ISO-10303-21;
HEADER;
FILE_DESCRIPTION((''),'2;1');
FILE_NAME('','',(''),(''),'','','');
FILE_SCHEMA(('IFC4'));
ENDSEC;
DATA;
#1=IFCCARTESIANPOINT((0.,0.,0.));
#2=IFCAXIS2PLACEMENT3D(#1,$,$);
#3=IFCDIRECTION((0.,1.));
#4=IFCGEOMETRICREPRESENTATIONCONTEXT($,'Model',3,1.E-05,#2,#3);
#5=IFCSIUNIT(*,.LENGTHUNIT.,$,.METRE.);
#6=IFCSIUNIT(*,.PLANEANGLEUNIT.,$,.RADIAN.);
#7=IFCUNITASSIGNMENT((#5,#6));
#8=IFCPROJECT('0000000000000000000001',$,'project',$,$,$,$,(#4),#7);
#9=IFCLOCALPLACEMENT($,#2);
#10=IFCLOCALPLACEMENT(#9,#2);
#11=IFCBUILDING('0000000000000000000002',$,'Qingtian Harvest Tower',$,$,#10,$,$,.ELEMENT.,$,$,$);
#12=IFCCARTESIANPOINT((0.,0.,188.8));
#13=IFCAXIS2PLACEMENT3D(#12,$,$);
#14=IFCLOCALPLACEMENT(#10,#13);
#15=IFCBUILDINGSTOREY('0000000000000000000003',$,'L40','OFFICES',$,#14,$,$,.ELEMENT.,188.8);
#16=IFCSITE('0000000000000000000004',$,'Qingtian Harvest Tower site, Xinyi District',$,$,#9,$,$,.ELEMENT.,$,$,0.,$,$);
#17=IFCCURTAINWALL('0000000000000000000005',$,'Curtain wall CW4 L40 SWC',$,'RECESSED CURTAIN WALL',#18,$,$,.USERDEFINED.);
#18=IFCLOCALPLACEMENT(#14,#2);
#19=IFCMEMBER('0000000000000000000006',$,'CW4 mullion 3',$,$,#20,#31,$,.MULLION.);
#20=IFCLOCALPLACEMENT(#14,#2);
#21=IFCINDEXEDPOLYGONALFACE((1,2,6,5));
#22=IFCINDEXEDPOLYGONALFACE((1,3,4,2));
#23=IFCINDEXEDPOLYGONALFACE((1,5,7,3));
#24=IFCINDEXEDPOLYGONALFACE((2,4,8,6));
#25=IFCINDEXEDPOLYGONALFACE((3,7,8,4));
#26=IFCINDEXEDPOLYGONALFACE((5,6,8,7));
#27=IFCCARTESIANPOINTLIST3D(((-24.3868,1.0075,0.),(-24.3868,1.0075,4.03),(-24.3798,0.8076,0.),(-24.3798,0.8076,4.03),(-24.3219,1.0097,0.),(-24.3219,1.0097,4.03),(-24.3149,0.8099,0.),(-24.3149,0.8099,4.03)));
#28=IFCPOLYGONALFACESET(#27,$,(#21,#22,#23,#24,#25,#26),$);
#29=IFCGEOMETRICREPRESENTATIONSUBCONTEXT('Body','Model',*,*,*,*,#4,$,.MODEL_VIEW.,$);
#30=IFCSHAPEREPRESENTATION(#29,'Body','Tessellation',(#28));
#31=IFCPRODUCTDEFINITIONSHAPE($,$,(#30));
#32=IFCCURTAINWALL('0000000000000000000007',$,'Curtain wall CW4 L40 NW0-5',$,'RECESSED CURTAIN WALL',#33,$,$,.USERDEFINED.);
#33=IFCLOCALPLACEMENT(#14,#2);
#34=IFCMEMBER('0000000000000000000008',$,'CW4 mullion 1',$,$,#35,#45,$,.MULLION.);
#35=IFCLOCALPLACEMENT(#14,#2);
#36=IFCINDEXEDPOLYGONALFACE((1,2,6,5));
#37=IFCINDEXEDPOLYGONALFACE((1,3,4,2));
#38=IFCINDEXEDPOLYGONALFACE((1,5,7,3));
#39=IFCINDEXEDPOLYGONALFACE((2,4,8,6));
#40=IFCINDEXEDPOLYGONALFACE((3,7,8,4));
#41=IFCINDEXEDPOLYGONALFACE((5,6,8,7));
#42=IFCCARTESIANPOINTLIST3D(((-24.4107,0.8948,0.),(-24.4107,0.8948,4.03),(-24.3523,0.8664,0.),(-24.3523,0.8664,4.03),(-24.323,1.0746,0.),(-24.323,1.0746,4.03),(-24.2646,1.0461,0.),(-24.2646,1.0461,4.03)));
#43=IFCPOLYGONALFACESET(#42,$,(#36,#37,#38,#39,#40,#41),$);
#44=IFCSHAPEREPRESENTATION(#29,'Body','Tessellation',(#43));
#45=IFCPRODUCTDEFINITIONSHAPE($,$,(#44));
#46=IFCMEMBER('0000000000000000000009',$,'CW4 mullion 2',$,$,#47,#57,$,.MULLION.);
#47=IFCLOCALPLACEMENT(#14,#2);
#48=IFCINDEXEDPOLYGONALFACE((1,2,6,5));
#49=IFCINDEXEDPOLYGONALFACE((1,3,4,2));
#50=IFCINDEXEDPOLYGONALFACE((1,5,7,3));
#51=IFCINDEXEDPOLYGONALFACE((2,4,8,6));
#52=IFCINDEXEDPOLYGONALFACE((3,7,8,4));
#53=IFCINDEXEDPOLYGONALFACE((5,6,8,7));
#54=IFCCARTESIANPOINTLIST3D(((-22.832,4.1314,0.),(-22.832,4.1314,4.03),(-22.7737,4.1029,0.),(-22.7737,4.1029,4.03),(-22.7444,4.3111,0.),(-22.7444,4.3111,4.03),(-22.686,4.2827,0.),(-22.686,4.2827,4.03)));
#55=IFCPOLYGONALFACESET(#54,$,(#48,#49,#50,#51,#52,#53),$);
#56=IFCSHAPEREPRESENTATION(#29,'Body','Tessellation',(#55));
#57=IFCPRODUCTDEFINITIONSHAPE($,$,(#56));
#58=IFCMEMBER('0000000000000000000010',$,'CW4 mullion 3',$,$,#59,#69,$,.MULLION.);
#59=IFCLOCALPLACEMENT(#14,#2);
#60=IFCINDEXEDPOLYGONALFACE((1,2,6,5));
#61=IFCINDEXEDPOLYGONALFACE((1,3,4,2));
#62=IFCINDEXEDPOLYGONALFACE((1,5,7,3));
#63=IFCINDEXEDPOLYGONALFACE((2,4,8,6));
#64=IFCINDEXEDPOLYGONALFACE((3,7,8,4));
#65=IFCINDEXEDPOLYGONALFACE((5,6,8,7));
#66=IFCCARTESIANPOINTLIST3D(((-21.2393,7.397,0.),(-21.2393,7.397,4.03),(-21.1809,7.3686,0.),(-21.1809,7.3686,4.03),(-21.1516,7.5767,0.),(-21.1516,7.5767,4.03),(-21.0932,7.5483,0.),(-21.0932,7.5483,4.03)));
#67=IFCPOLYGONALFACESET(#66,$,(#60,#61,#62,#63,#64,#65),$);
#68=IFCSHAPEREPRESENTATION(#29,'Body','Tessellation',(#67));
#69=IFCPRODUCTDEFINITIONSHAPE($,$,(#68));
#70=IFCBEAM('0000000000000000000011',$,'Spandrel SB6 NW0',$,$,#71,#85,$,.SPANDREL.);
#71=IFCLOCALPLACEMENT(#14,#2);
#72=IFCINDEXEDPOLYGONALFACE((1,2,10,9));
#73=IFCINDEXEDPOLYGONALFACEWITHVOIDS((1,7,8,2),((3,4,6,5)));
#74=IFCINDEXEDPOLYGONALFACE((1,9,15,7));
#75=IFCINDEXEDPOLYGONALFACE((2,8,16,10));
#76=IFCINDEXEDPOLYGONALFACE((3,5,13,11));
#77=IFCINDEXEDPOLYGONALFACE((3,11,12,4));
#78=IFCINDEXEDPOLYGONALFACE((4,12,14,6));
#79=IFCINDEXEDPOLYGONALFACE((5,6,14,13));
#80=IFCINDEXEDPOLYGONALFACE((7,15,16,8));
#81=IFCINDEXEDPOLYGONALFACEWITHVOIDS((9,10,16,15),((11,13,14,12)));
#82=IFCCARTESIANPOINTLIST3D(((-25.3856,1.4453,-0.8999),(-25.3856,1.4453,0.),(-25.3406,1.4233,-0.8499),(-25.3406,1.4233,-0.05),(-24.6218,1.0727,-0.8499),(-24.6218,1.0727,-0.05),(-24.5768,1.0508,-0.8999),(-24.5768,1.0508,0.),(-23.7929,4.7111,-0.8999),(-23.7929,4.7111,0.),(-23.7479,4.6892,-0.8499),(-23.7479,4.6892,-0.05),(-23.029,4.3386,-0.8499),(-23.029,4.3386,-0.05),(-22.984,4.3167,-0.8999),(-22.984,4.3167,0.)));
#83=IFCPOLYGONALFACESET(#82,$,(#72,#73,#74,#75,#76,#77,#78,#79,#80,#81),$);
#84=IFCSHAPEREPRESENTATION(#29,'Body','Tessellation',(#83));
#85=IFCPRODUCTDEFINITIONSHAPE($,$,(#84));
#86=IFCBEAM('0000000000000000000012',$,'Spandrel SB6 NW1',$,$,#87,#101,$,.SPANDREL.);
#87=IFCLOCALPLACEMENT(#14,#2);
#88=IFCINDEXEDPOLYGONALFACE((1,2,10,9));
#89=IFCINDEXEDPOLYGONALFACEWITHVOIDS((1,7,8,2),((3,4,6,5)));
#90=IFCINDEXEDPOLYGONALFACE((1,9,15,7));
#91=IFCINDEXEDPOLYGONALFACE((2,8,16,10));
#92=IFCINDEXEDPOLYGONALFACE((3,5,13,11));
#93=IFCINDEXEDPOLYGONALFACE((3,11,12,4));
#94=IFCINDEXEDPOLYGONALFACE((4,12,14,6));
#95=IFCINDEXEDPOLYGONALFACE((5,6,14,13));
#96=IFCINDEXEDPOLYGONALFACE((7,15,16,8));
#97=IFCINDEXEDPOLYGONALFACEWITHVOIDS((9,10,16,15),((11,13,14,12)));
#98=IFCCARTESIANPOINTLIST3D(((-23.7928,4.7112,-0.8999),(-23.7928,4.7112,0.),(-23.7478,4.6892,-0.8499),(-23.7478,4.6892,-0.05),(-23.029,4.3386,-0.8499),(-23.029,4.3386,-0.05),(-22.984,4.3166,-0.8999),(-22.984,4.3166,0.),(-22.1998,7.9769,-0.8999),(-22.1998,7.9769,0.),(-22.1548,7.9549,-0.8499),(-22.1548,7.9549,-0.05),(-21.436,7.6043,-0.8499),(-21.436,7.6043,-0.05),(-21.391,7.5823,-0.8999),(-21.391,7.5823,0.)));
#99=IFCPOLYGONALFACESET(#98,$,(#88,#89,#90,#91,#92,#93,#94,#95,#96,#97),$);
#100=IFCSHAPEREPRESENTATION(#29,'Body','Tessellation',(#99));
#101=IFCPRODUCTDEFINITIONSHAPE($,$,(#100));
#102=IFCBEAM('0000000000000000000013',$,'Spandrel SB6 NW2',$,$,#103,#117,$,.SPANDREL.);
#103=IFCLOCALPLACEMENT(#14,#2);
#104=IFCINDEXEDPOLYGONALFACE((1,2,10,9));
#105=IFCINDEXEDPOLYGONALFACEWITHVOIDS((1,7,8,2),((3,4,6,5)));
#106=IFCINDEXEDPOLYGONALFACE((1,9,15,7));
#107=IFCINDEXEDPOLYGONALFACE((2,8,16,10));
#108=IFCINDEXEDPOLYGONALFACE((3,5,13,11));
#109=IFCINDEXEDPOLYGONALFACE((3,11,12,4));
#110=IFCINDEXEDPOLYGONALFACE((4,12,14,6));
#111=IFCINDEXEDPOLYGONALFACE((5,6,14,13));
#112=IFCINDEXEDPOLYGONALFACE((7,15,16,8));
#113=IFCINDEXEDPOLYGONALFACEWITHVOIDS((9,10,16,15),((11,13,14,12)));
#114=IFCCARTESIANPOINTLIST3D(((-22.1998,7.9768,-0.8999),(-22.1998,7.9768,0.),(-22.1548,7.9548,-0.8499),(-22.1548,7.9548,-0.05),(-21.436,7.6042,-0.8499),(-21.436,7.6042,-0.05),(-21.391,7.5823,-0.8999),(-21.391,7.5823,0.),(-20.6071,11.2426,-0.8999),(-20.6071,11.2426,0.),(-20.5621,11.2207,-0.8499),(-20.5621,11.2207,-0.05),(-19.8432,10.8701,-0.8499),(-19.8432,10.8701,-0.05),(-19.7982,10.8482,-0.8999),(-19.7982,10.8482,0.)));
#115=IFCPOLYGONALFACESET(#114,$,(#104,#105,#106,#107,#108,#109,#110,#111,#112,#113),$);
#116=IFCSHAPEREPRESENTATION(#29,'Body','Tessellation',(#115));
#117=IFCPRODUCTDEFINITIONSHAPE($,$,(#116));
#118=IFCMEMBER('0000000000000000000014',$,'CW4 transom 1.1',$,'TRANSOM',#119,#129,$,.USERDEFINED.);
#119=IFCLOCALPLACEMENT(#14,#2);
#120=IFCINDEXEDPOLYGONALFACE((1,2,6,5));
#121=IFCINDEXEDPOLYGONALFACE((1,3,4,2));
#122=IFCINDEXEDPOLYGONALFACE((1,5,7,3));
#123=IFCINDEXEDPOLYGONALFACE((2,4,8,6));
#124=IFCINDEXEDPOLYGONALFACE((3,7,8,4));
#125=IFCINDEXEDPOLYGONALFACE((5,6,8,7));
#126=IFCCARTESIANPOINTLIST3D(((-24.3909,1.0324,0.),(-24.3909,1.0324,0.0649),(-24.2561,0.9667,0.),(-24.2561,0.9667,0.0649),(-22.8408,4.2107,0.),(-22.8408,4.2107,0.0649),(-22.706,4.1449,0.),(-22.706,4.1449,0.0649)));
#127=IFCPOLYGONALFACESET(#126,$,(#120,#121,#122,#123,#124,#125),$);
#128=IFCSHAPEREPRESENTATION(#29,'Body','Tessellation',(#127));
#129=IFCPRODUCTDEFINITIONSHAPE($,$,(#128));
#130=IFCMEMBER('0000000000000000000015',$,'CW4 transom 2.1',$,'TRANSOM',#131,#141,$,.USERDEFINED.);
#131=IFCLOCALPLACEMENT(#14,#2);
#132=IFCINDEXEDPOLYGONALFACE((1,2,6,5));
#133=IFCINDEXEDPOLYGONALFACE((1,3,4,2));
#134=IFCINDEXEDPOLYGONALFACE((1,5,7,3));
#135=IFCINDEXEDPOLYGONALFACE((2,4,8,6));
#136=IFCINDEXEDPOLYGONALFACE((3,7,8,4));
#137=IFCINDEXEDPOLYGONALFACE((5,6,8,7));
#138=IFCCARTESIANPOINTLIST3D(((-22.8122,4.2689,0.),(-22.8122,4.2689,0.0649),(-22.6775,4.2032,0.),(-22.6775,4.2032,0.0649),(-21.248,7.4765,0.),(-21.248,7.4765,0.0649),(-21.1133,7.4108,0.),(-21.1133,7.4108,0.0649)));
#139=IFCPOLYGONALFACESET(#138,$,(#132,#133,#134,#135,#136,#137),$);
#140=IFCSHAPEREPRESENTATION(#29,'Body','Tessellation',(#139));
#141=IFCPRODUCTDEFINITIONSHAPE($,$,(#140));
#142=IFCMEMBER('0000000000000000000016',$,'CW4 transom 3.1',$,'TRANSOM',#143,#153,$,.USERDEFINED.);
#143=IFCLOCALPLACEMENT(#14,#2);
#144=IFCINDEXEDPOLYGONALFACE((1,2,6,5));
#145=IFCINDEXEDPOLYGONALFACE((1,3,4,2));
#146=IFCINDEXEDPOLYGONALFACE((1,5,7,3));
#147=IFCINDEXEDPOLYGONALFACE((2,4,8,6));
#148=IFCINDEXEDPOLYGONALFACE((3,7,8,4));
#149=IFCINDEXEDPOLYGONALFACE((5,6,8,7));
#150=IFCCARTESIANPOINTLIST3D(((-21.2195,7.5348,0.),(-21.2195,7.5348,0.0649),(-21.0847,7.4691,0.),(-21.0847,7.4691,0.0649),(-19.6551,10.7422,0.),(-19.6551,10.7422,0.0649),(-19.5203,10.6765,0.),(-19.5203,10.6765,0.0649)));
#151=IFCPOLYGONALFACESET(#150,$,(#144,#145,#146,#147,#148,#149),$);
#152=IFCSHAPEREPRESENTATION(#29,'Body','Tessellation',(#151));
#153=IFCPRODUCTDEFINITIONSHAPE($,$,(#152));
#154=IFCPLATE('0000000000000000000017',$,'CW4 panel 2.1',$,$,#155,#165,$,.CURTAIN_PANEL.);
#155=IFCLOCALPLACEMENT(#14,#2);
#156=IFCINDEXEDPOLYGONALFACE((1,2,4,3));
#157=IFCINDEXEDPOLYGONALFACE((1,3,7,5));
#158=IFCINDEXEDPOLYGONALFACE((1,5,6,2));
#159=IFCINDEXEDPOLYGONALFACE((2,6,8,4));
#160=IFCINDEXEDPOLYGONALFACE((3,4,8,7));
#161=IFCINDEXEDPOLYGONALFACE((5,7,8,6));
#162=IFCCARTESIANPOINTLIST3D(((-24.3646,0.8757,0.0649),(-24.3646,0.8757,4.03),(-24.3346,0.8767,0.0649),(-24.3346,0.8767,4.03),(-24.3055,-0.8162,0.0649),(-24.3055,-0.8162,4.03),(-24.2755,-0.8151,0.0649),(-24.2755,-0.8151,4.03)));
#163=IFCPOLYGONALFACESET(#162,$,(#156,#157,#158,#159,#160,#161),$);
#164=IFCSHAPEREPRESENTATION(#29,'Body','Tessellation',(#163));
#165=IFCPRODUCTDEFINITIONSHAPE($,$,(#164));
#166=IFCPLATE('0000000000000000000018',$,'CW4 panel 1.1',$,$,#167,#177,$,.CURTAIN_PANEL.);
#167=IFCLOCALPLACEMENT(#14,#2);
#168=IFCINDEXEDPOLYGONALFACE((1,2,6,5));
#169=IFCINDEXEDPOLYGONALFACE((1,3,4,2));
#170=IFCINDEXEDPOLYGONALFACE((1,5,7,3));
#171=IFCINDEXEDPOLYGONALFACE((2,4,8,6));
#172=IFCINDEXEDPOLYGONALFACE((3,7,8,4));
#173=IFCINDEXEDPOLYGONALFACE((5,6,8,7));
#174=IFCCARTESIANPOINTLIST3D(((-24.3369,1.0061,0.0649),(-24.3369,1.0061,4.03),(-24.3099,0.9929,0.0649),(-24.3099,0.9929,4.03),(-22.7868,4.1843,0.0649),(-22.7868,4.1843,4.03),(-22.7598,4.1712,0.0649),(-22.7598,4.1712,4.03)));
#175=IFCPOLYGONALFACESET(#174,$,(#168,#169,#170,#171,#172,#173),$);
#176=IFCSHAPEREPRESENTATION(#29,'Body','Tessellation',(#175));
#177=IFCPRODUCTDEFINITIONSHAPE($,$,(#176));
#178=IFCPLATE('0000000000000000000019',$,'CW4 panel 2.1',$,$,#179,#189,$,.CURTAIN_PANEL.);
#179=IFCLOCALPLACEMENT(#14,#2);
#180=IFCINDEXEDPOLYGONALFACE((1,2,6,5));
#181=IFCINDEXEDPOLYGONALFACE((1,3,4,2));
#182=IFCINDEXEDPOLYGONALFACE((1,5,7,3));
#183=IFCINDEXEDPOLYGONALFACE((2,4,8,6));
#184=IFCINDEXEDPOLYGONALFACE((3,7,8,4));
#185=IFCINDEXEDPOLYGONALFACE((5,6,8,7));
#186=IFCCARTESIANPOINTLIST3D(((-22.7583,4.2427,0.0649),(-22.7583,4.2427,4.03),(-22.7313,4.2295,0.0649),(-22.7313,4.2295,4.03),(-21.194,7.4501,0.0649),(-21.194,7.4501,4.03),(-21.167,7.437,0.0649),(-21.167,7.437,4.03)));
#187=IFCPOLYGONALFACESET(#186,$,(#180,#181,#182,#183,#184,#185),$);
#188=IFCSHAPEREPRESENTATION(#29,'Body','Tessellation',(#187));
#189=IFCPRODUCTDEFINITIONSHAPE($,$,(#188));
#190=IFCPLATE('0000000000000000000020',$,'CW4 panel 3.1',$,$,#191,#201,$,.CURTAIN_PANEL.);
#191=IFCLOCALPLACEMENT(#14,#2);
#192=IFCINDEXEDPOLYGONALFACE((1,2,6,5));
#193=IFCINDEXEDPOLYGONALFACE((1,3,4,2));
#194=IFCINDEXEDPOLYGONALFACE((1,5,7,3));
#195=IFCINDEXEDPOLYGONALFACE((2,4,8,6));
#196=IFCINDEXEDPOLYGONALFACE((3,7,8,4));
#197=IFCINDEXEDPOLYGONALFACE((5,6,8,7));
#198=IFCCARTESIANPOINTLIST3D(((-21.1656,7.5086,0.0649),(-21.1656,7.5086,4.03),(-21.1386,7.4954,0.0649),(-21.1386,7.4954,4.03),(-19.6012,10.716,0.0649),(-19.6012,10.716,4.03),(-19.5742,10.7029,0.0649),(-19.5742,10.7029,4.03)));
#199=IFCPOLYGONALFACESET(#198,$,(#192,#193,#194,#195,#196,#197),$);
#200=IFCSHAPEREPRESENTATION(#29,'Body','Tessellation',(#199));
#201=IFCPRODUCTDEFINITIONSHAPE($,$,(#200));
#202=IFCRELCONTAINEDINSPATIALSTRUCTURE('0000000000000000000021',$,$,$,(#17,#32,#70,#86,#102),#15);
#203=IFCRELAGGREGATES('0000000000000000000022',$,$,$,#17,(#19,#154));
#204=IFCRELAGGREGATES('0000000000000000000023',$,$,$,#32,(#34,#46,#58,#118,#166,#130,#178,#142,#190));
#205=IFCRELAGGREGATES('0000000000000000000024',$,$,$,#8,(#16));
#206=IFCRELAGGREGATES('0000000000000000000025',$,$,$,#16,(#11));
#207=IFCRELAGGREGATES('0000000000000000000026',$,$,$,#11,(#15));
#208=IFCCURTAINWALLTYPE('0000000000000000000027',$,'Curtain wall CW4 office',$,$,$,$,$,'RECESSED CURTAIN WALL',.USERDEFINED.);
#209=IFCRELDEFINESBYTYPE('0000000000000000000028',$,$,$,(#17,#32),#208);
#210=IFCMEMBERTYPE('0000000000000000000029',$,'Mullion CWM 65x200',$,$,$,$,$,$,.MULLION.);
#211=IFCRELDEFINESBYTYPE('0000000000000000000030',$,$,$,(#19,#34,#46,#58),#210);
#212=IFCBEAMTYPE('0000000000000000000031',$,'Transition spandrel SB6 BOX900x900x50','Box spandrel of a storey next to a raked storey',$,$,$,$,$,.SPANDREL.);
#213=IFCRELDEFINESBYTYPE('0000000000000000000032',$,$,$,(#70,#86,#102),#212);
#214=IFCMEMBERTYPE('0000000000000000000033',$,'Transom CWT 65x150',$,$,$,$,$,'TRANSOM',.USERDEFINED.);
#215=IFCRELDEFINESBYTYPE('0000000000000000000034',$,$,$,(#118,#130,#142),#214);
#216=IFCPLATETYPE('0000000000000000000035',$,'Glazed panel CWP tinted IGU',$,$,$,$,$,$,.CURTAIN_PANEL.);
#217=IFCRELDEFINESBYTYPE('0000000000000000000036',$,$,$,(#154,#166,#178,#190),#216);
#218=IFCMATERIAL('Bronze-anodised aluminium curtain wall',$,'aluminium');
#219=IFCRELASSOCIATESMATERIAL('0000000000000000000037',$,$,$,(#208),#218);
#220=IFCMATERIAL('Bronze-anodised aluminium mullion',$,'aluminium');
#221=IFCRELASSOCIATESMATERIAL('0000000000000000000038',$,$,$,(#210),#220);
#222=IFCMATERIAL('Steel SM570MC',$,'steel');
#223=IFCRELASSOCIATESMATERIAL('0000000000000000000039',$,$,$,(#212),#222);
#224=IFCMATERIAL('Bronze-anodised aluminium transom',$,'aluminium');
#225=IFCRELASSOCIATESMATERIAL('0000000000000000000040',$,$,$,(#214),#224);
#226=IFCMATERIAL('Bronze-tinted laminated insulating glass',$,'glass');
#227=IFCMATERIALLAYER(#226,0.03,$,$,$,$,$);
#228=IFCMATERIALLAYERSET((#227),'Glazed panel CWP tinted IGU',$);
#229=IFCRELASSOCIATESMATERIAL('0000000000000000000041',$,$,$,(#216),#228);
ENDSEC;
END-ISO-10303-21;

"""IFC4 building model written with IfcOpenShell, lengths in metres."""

from ifc_helpers import new_model, si_unit, direction, frame, origin, origin_2d, place, context, subcontext, project, spatial, rectangle, hollow_rectangle, extrude, material, layer, layer_set, material_profile, profile_set, type_object, element, aggregate, save


model = new_model("IFC4")

# Units and contexts
model_context = context("Model", 3, precision=1e-05, world=origin(), true_north=direction((0.0, 1.0)))
body_context = subcontext(model_context, "Body", "Model", "MODEL_VIEW")
ifc_project = project(units=[si_unit("LENGTHUNIT", "METRE"), si_unit("PLANEANGLEUNIT", "RADIAN")], contexts=[model_context])

# Site, building, storey
site_placement = place(None, origin())
site = spatial("IfcSite", under=ifc_project, at=site_placement, Name="Qingtian Harvest Tower site, Xinyi District", CompositionType="ELEMENT", RefElevation=0.0)
building_placement = place(site_placement, origin())
building = spatial("IfcBuilding", under=site, at=building_placement, Name="Qingtian Harvest Tower", CompositionType="ELEMENT")
storey_placement = place(building_placement, frame((0.0, 0.0, 188.8)))
storey = spatial("IfcBuildingStorey", under=building, at=storey_placement, Name="L40", Description="OFFICES", CompositionType="ELEMENT", Elevation=188.8)

# Curtain wall, member
ifc_material_1 = material(Name="Bronze-anodised aluminium curtain wall", Category="aluminium")
curtain_wall_type = type_object("IfcCurtainWallType", Name="Curtain wall CW4 office", ElementType="RECESSED CURTAIN WALL", PredefinedType="USERDEFINED", material=ifc_material_1)
curtain_wall_1_placement = place(storey_placement, origin())
curtain_wall_1 = element("IfcCurtainWall", 1, at=curtain_wall_1_placement, inside=storey, type_object=curtain_wall_type, Name="Curtain wall CW4 L40 SWC", ObjectType="RECESSED CURTAIN WALL", PredefinedType="USERDEFINED")
ifc_material_2 = material(Name="Bronze-anodised aluminium mullion", Category="aluminium")
ifc_material_profile_1 = material_profile(ifc_material_2, rectangle(XDim=0.0649, YDim=0.2, at=origin_2d()), Name="AL 65x200")
ifc_profile_set_1 = profile_set([ifc_material_profile_1], Name="Bronze-anodised aluminium mullion")
member_type_1 = type_object("IfcMemberType", Name="Mullion CWM 65x200", PredefinedType="MULLION", material=ifc_profile_set_1)
member_1_placement = place(storey_placement, frame((-24.3508, 0.9087, 0.0), z_axis=(0.0, 0.0, 1.0), x_axis=(-0.999391, -0.034899, 0.0)))
member_1 = element("IfcMember", 2, at=member_1_placement, type_object=member_type_1, Name="CW4 mullion 3", PredefinedType="MULLION", context=body_context, shape_type="SweptSolid", body=[
    extrude(rectangle(XDim=0.0649, YDim=0.2, at=origin_2d()), origin(), (0.0, 0.0, 1.0), 4.03),
])

# Curtain wall, members
curtain_wall_2_placement = place(storey_placement, origin())
curtain_wall_2 = element("IfcCurtainWall", 3, at=curtain_wall_2_placement, inside=storey, type_object=curtain_wall_type, Name="Curtain wall CW4 L40 NW0-5", ObjectType="RECESSED CURTAIN WALL", PredefinedType="USERDEFINED")
member_2_placement = place(storey_placement, frame((-24.3376, 0.9705, 0.0), z_axis=(0.0, 0.0, 1.0), x_axis=(-0.898794, 0.438371, 0.0)))
member_2 = element("IfcMember", 4, at=member_2_placement, type_object=member_type_1, Name="CW4 mullion 1", PredefinedType="MULLION", context=body_context, shape_type="SweptSolid", body=[
    extrude(rectangle(XDim=0.0649, YDim=0.2, at=origin_2d()), origin(), (0.0, 0.0, 1.0), 4.03),
])
member_3_placement = place(storey_placement, frame((-22.759, 4.207, 0.0), z_axis=(0.0, 0.0, 1.0), x_axis=(-0.898794, 0.438371, 0.0)))
member_3 = element("IfcMember", 5, at=member_3_placement, type_object=member_type_1, Name="CW4 mullion 2", PredefinedType="MULLION", context=body_context, shape_type="SweptSolid", body=[
    extrude(rectangle(XDim=0.0649, YDim=0.2, at=origin_2d()), origin(), (0.0, 0.0, 1.0), 4.03),
])
member_4_placement = place(storey_placement, frame((-21.1663, 7.4727, 0.0), z_axis=(0.0, 0.0, 1.0), x_axis=(-0.898794, 0.438371, 0.0)))
member_4 = element("IfcMember", 6, at=member_4_placement, type_object=member_type_1, Name="CW4 mullion 3", PredefinedType="MULLION", context=body_context, shape_type="SweptSolid", body=[
    extrude(rectangle(XDim=0.0649, YDim=0.2, at=origin_2d()), origin(), (0.0, 0.0, 1.0), 4.03),
])

# Beams
ifc_material_3 = material(Name="Steel SM570MC", Category="steel")
ifc_material_profile_2 = material_profile(ifc_material_3, hollow_rectangle(XDim=0.8999, YDim=0.8999, WallThickness=0.05, at=origin_2d()), Name="BOX900x900x50")
ifc_profile_set_2 = profile_set([ifc_material_profile_2], Name="Steel SM570MC")
beam_type_1 = type_object("IfcBeamType", Name="Transition spandrel SB6 BOX900x900x50", Description="Box spandrel of a storey next to a raked storey", PredefinedType="SPANDREL", material=ifc_profile_set_2)
for number, where, z_axis, x_axis, name in (
    (7, (-24.9812, 1.248, -0.45), (0.438349, 0.898805, 0.0), (-0.898805, 0.438349, 0.0), "Spandrel SB6 NW0"),
    (8, (-23.3884, 4.5139, -0.45), (0.43843, 0.898765, 0.0), (-0.898765, 0.43843, 0.0), "Spandrel SB6 NW1"),
    (9, (-21.7954, 7.7795, -0.45), (0.438349, 0.898805, 0.0), (-0.898805, 0.438349, 0.0), "Spandrel SB6 NW2"),
):
    element("IfcBeam", number, at=place(storey_placement, frame(where, z_axis=z_axis, x_axis=x_axis)), inside=storey, type_object=beam_type_1, Name=name, PredefinedType="SPANDREL", context=body_context, shape_type="SweptSolid", body=[
        extrude(hollow_rectangle(XDim=0.8999, YDim=0.8999, WallThickness=0.05, at=origin_2d()), origin(), (0.0, 0.0, 1.0), 3.6335),
    ])

# Members
ifc_material_4 = material(Name="Bronze-anodised aluminium transom", Category="aluminium")
ifc_material_profile_3 = material_profile(ifc_material_4, rectangle(XDim=0.1499, YDim=0.0649, at=origin_2d()), Name="AL 65x150")
ifc_profile_set_3 = profile_set([ifc_material_profile_3], Name="Bronze-anodised aluminium transom")
member_type_2 = type_object("IfcMemberType", Name="Transom CWT 65x150", ElementType="TRANSOM", PredefinedType="USERDEFINED", material=ifc_profile_set_3)
member_5_placement = place(storey_placement, frame((-24.3235, 0.9995, 0.0325), z_axis=(0.438354, 0.898802, 0.0), x_axis=(-0.898802, 0.438354, 0.0)))
member_5 = element("IfcMember", 10, at=member_5_placement, type_object=member_type_2, Name="CW4 transom 1.1", ObjectType="TRANSOM", PredefinedType="USERDEFINED", context=body_context, shape_type="SweptSolid", body=[
    extrude(rectangle(XDim=0.1499, YDim=0.0649, at=origin_2d()), origin(), (0.0, 0.0, 1.0), 3.5361),
])
member_6_placement = place(storey_placement, frame((-22.7449, 4.2361, 0.0325), z_axis=(0.438325, 0.898816, 0.0), x_axis=(-0.898816, 0.438325, 0.0)))
member_6 = element("IfcMember", 11, at=member_6_placement, type_object=member_type_2, Name="CW4 transom 2.1", ObjectType="TRANSOM", PredefinedType="USERDEFINED", context=body_context, shape_type="SweptSolid", body=[
    extrude(rectangle(XDim=0.1499, YDim=0.0649, at=origin_2d()), origin(), (0.0, 0.0, 1.0), 3.5686),
])
member_7_placement = place(storey_placement, frame((-21.1521, 7.502, 0.0325), z_axis=(0.438381, 0.898789, 0.0), x_axis=(-0.898789, 0.438381, 0.0)))
member_7 = element("IfcMember", 12, at=member_7_placement, type_object=member_type_2, Name="CW4 transom 3.1", ObjectType="TRANSOM", PredefinedType="USERDEFINED", context=body_context, shape_type="SweptSolid", body=[
    extrude(rectangle(XDim=0.1499, YDim=0.0649, at=origin_2d()), origin(), (0.0, 0.0, 1.0), 3.5686),
])

# Plates
ifc_material_5 = material(Name="Bronze-tinted laminated insulating glass", Category="glass")
ifc_layer_1 = layer(ifc_material_5, 0.03)
ifc_layer_set_1 = layer_set([ifc_layer_1], Name="Glazed panel CWP tinted IGU")
plate_type = type_object("IfcPlateType", Name="Glazed panel CWP tinted IGU", PredefinedType="CURTAIN_PANEL", material=ifc_layer_set_1)
plate_1_placement = place(storey_placement, frame((-24.3201, 0.0303, 0.0649), z_axis=(0.0, 0.0, 1.0), x_axis=(-0.034899, 0.999391, 0.0)))
plate_1 = element("IfcPlate", 13, at=plate_1_placement, type_object=plate_type, Name="CW4 panel 2.1", PredefinedType="CURTAIN_PANEL", context=body_context, shape_type="SweptSolid", body=[
    extrude(rectangle(XDim=1.6929, YDim=0.03, at=origin_2d()), origin(), (0.0, 0.0, 1.0), 3.9651),
])
aggregate(curtain_wall_1, [member_1, plate_1])
plate_2_placement = place(storey_placement, frame((-23.5483, 2.5886, 0.0649), z_axis=(0.0, 0.0, 1.0), x_axis=(0.438371, 0.898794, 0.0)))
plate_2 = element("IfcPlate", 14, at=plate_2_placement, type_object=plate_type, Name="CW4 panel 1.1", PredefinedType="CURTAIN_PANEL", context=body_context, shape_type="SweptSolid", body=[
    extrude(rectangle(XDim=3.5361, YDim=0.03, at=origin_2d()), origin(), (0.0, 0.0, 1.0), 3.9651),
])
plate_3_placement = place(storey_placement, frame((-21.9626, 5.8398, 0.0649), z_axis=(0.0, 0.0, 1.0), x_axis=(0.438371, 0.898794, 0.0)))
plate_3 = element("IfcPlate", 15, at=plate_3_placement, type_object=plate_type, Name="CW4 panel 2.1", PredefinedType="CURTAIN_PANEL", context=body_context, shape_type="SweptSolid", body=[
    extrude(rectangle(XDim=3.5686, YDim=0.03, at=origin_2d()), origin(), (0.0, 0.0, 1.0), 3.9651),
])
plate_4_placement = place(storey_placement, frame((-20.3699, 9.1057, 0.0649), z_axis=(0.0, 0.0, 1.0), x_axis=(0.438371, 0.898794, 0.0)))
plate_4 = element("IfcPlate", 16, at=plate_4_placement, type_object=plate_type, Name="CW4 panel 3.1", PredefinedType="CURTAIN_PANEL", context=body_context, shape_type="SweptSolid", body=[
    extrude(rectangle(XDim=3.5686, YDim=0.03, at=origin_2d()), origin(), (0.0, 0.0, 1.0), 3.9651),
])
aggregate(curtain_wall_2, [member_2, member_3, member_4, member_5, plate_2, member_6, plate_3, member_7, plate_4])

save(model, "model.ifc")
